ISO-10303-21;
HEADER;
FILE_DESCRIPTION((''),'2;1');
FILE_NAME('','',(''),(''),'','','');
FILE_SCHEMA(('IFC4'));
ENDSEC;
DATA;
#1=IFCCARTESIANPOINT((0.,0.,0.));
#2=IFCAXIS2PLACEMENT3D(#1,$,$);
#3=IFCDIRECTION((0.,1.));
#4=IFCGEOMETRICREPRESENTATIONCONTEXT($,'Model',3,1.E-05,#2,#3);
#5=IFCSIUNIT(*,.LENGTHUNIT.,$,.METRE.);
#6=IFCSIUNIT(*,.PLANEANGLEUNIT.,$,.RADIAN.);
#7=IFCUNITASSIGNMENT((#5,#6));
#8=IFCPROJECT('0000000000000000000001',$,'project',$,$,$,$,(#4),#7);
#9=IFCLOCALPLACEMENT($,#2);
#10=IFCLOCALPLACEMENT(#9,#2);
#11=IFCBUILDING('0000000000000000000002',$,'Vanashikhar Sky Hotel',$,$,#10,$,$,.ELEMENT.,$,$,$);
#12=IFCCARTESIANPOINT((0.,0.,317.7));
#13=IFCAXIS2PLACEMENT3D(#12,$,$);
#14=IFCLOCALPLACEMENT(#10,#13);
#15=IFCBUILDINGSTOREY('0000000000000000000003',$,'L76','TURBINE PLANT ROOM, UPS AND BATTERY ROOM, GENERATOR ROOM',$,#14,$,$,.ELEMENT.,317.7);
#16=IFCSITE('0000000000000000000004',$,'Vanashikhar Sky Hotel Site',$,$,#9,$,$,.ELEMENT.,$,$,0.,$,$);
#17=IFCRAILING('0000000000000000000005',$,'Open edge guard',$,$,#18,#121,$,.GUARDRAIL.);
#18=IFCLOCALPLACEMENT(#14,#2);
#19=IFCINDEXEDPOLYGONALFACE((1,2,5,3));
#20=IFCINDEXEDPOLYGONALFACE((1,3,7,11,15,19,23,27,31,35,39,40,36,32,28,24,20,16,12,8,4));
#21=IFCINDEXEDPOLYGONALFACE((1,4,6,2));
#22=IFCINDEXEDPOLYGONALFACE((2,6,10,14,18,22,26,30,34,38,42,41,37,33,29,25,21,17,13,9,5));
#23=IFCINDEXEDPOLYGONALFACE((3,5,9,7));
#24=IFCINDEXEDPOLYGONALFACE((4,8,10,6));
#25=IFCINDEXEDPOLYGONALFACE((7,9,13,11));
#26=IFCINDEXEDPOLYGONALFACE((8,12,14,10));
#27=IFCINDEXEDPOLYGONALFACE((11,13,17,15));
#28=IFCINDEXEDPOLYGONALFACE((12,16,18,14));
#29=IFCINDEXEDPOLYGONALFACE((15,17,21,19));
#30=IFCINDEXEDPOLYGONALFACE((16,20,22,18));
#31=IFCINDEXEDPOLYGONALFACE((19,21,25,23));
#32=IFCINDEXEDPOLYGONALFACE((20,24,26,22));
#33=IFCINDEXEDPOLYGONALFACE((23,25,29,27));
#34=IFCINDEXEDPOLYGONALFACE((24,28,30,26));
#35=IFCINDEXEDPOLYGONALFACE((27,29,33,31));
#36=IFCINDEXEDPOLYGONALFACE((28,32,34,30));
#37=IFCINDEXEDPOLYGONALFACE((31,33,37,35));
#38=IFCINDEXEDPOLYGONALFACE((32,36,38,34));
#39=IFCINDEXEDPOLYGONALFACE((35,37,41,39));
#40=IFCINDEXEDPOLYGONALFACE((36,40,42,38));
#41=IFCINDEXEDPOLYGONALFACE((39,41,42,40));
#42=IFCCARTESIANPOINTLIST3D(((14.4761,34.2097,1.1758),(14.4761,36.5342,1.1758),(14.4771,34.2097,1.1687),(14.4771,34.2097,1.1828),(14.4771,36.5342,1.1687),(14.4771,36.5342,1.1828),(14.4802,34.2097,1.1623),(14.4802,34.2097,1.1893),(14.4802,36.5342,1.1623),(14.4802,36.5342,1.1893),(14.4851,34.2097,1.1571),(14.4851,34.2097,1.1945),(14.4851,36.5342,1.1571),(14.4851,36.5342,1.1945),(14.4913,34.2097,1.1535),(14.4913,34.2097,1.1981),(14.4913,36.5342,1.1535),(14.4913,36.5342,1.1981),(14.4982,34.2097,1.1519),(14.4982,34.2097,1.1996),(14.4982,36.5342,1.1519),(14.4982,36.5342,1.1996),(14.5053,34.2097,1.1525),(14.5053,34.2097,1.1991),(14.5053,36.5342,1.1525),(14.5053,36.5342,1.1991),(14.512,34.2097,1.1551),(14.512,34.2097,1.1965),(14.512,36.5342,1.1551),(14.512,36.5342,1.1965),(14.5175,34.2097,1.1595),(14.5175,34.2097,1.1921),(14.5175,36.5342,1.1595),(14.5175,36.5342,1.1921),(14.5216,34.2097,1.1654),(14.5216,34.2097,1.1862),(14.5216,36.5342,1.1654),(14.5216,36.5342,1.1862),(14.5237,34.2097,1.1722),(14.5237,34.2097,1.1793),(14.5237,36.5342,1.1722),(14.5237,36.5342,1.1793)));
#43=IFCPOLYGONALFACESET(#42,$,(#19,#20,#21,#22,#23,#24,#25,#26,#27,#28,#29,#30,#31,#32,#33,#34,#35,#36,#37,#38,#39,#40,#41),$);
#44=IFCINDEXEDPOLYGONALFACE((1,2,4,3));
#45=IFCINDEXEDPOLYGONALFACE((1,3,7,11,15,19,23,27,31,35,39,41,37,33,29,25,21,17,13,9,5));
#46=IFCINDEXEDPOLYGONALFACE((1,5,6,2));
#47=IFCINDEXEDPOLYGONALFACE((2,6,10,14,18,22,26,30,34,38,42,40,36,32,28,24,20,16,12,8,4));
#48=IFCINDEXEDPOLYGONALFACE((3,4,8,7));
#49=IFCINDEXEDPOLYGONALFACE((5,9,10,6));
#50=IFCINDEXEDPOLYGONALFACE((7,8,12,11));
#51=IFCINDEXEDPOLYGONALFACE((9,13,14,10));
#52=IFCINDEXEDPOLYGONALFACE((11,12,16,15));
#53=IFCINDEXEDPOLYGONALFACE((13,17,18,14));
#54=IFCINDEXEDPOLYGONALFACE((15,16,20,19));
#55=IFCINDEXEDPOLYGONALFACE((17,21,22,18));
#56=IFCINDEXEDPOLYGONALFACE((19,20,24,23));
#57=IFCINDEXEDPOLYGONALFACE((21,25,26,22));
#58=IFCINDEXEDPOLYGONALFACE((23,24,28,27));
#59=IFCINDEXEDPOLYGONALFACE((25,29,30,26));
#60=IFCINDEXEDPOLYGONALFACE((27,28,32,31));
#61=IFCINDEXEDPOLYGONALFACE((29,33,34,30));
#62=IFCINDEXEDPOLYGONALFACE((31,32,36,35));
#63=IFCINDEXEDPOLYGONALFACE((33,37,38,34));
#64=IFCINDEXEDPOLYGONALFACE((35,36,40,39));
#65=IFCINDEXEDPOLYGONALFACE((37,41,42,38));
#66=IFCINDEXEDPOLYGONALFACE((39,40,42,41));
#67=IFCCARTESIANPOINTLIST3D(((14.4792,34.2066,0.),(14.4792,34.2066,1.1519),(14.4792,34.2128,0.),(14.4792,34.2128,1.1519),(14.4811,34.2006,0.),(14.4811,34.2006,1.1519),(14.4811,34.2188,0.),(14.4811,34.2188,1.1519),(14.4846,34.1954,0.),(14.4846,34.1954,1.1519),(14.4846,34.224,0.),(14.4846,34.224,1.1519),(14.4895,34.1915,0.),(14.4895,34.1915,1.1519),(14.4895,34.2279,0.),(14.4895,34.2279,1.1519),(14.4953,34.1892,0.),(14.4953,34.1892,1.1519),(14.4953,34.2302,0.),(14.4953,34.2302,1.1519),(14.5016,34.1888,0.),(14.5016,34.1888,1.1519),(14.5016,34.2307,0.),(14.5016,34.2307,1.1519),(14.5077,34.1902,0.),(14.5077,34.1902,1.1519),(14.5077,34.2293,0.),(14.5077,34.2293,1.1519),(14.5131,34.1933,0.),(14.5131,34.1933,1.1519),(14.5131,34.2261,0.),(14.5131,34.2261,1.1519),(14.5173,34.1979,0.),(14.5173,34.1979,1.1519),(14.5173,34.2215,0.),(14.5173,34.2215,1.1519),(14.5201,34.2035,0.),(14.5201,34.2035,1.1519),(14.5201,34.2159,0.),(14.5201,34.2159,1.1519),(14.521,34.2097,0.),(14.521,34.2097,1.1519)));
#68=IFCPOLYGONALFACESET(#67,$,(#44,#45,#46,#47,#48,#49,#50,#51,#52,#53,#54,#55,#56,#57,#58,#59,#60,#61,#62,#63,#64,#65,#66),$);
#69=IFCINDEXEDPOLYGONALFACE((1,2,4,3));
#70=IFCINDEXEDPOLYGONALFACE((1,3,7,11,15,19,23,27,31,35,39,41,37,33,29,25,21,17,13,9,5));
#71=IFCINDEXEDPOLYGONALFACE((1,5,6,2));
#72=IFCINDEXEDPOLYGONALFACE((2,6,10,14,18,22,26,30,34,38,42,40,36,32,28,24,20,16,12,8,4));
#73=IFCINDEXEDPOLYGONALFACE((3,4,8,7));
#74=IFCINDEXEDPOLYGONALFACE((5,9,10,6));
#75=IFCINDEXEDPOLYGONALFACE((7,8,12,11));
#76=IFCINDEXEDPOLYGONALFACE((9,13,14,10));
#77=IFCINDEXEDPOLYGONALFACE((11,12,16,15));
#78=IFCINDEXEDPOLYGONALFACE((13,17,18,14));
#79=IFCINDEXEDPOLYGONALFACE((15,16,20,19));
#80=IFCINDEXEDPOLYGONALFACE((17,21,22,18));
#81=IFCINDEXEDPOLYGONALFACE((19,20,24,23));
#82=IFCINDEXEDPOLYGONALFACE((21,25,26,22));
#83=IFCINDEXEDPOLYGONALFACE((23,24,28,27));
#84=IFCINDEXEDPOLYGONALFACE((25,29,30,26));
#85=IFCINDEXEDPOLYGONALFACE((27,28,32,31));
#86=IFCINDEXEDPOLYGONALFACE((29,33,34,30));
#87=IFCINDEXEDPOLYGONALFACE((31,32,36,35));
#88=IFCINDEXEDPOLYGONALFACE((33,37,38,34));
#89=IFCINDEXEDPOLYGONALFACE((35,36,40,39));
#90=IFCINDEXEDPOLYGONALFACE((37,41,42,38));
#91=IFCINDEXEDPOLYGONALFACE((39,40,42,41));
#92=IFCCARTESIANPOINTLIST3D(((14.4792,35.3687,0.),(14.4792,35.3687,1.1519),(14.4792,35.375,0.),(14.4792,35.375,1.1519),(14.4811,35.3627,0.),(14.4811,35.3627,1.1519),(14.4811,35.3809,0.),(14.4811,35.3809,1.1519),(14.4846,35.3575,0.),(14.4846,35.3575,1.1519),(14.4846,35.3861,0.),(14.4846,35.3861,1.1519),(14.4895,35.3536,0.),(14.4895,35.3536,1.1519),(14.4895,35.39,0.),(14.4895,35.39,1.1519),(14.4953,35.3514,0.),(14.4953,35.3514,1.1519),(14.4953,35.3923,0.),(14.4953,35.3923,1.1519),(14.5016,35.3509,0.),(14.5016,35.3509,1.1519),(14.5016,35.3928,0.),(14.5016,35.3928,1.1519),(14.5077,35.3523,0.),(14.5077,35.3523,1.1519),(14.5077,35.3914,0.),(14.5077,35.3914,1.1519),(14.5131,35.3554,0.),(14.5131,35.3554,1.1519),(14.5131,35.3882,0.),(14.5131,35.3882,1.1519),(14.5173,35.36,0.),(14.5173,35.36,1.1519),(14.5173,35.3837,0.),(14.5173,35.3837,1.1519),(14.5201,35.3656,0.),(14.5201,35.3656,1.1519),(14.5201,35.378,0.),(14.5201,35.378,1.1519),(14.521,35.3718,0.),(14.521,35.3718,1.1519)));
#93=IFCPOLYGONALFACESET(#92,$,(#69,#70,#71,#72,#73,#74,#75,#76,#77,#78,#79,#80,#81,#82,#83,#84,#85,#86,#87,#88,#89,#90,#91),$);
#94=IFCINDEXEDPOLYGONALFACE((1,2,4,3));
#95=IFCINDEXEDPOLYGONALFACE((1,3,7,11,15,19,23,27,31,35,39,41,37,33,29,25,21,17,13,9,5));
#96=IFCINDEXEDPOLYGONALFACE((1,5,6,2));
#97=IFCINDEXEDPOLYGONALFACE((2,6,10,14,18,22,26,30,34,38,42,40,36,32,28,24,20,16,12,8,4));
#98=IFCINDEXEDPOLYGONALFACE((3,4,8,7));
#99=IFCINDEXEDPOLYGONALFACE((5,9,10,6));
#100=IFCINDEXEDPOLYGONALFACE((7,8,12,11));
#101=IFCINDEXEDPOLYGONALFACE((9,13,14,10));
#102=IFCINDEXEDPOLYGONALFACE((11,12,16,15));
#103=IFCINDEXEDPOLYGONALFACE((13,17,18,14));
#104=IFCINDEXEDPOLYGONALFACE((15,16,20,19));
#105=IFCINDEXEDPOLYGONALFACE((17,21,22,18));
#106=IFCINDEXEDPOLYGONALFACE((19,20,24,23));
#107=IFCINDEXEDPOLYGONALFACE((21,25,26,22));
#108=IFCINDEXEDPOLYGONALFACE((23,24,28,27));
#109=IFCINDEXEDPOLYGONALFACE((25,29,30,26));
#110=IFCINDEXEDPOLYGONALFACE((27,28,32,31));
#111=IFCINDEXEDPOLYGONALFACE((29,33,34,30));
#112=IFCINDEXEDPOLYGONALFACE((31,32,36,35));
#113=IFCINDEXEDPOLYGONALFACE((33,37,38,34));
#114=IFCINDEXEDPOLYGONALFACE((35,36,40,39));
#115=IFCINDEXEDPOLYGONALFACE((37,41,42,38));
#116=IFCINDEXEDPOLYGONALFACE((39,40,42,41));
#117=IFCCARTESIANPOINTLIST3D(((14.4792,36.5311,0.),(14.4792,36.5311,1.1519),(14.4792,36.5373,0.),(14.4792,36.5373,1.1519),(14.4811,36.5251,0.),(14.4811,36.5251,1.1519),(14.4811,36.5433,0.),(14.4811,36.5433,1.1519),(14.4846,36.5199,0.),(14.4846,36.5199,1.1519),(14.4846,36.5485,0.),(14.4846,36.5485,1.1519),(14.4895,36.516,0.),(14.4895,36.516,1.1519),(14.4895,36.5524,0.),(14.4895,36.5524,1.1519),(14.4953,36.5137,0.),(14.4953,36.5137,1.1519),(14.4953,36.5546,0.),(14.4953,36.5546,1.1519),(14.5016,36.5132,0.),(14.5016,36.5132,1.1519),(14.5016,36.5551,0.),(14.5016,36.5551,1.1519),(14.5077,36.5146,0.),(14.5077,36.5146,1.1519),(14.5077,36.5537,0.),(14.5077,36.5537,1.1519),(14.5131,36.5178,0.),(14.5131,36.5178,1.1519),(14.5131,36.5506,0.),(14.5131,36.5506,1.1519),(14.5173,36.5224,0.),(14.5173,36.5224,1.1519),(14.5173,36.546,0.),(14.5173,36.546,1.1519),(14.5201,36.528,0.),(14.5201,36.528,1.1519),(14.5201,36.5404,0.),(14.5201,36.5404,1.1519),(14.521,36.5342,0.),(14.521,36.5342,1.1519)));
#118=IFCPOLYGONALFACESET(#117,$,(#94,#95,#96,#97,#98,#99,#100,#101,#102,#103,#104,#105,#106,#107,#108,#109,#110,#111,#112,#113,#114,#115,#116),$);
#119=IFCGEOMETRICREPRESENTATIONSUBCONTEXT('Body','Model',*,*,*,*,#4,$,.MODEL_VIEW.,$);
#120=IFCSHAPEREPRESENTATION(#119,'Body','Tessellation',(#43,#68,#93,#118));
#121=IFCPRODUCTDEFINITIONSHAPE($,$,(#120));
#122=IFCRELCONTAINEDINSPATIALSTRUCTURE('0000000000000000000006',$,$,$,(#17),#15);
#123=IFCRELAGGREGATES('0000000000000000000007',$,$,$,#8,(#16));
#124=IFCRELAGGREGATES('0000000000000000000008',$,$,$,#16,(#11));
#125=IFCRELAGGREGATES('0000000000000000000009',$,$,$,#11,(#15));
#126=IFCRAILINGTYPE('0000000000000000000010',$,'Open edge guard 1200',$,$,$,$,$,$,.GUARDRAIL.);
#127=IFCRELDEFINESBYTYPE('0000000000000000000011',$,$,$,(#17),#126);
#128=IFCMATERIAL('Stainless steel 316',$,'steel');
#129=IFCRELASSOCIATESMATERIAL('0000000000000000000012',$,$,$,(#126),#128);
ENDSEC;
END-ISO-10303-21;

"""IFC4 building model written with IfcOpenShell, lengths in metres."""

from ifc_helpers import new_model, si_unit, direction, frame, origin, origin_2d, place, context, subcontext, project, spatial, circle, extrude, source, transform, mapped, material, type_object, element, save


model = new_model("IFC4")

# Units and contexts
model_context = context("Model", 3, precision=1e-05, world=origin(), true_north=direction((0.0, 1.0)))
body_context = subcontext(model_context, "Body", "Model", "MODEL_VIEW")
ifc_project = project(units=[si_unit("LENGTHUNIT", "METRE"), si_unit("PLANEANGLEUNIT", "RADIAN")], contexts=[model_context])

# Site, building, storey
site_placement = place(None, origin())
site = spatial("IfcSite", under=ifc_project, at=site_placement, Name="Vanashikhar Sky Hotel Site", CompositionType="ELEMENT", RefElevation=0.0)
building_placement = place(site_placement, origin())
building = spatial("IfcBuilding", under=site, at=building_placement, Name="Vanashikhar Sky Hotel", CompositionType="ELEMENT")
storey_placement = place(building_placement, frame((0.0, 0.0, 317.7)))
storey = spatial("IfcBuildingStorey", under=building, at=storey_placement, Name="L76", Description="TURBINE PLANT ROOM, UPS AND BATTERY ROOM, GENERATOR ROOM", CompositionType="ELEMENT", Elevation=317.7)

# Railing
ifc_material_1 = material(Name="Stainless steel 316", Category="steel")
railing_type = type_object("IfcRailingType", Name="Open edge guard 1200", PredefinedType="GUARDRAIL", material=ifc_material_1)
shared_shape_1 = source(origin(), body_context, "Body", "SweptSolid", [
    extrude(circle(Radius=0.0239, at=origin_2d()), frame((0.0, 0.0, 1.1758), z_axis=(0.0, 1.0, 0.0), x_axis=(-1.0, 0.0, 0.0)), (0.0, 0.0, 1.0), 2.3245),
    extrude(circle(Radius=0.021, at=origin_2d()), origin(), (0.0, 0.0, 1.0), 1.1519),
    extrude(circle(Radius=0.021, at=origin_2d()), frame((0.0, 1.1621, 0.0)), (0.0, 0.0, 1.0), 1.1519),
    extrude(circle(Radius=0.021, at=origin_2d()), frame((0.0, 2.3245, 0.0)), (0.0, 0.0, 1.0), 1.1519),
])
railing_1_placement = place(storey_placement, frame((14.5, 34.2097, 0.0)))
element("IfcRailing", 1, at=railing_1_placement, inside=storey, type_object=railing_type, Name="Open edge guard", PredefinedType="GUARDRAIL", context=body_context, shape_type="MappedRepresentation", body=[
    mapped(shared_shape_1, transform((0.0, 0.0, 0.0), scale=1.0)),
])

save(model, "model.ifc")
